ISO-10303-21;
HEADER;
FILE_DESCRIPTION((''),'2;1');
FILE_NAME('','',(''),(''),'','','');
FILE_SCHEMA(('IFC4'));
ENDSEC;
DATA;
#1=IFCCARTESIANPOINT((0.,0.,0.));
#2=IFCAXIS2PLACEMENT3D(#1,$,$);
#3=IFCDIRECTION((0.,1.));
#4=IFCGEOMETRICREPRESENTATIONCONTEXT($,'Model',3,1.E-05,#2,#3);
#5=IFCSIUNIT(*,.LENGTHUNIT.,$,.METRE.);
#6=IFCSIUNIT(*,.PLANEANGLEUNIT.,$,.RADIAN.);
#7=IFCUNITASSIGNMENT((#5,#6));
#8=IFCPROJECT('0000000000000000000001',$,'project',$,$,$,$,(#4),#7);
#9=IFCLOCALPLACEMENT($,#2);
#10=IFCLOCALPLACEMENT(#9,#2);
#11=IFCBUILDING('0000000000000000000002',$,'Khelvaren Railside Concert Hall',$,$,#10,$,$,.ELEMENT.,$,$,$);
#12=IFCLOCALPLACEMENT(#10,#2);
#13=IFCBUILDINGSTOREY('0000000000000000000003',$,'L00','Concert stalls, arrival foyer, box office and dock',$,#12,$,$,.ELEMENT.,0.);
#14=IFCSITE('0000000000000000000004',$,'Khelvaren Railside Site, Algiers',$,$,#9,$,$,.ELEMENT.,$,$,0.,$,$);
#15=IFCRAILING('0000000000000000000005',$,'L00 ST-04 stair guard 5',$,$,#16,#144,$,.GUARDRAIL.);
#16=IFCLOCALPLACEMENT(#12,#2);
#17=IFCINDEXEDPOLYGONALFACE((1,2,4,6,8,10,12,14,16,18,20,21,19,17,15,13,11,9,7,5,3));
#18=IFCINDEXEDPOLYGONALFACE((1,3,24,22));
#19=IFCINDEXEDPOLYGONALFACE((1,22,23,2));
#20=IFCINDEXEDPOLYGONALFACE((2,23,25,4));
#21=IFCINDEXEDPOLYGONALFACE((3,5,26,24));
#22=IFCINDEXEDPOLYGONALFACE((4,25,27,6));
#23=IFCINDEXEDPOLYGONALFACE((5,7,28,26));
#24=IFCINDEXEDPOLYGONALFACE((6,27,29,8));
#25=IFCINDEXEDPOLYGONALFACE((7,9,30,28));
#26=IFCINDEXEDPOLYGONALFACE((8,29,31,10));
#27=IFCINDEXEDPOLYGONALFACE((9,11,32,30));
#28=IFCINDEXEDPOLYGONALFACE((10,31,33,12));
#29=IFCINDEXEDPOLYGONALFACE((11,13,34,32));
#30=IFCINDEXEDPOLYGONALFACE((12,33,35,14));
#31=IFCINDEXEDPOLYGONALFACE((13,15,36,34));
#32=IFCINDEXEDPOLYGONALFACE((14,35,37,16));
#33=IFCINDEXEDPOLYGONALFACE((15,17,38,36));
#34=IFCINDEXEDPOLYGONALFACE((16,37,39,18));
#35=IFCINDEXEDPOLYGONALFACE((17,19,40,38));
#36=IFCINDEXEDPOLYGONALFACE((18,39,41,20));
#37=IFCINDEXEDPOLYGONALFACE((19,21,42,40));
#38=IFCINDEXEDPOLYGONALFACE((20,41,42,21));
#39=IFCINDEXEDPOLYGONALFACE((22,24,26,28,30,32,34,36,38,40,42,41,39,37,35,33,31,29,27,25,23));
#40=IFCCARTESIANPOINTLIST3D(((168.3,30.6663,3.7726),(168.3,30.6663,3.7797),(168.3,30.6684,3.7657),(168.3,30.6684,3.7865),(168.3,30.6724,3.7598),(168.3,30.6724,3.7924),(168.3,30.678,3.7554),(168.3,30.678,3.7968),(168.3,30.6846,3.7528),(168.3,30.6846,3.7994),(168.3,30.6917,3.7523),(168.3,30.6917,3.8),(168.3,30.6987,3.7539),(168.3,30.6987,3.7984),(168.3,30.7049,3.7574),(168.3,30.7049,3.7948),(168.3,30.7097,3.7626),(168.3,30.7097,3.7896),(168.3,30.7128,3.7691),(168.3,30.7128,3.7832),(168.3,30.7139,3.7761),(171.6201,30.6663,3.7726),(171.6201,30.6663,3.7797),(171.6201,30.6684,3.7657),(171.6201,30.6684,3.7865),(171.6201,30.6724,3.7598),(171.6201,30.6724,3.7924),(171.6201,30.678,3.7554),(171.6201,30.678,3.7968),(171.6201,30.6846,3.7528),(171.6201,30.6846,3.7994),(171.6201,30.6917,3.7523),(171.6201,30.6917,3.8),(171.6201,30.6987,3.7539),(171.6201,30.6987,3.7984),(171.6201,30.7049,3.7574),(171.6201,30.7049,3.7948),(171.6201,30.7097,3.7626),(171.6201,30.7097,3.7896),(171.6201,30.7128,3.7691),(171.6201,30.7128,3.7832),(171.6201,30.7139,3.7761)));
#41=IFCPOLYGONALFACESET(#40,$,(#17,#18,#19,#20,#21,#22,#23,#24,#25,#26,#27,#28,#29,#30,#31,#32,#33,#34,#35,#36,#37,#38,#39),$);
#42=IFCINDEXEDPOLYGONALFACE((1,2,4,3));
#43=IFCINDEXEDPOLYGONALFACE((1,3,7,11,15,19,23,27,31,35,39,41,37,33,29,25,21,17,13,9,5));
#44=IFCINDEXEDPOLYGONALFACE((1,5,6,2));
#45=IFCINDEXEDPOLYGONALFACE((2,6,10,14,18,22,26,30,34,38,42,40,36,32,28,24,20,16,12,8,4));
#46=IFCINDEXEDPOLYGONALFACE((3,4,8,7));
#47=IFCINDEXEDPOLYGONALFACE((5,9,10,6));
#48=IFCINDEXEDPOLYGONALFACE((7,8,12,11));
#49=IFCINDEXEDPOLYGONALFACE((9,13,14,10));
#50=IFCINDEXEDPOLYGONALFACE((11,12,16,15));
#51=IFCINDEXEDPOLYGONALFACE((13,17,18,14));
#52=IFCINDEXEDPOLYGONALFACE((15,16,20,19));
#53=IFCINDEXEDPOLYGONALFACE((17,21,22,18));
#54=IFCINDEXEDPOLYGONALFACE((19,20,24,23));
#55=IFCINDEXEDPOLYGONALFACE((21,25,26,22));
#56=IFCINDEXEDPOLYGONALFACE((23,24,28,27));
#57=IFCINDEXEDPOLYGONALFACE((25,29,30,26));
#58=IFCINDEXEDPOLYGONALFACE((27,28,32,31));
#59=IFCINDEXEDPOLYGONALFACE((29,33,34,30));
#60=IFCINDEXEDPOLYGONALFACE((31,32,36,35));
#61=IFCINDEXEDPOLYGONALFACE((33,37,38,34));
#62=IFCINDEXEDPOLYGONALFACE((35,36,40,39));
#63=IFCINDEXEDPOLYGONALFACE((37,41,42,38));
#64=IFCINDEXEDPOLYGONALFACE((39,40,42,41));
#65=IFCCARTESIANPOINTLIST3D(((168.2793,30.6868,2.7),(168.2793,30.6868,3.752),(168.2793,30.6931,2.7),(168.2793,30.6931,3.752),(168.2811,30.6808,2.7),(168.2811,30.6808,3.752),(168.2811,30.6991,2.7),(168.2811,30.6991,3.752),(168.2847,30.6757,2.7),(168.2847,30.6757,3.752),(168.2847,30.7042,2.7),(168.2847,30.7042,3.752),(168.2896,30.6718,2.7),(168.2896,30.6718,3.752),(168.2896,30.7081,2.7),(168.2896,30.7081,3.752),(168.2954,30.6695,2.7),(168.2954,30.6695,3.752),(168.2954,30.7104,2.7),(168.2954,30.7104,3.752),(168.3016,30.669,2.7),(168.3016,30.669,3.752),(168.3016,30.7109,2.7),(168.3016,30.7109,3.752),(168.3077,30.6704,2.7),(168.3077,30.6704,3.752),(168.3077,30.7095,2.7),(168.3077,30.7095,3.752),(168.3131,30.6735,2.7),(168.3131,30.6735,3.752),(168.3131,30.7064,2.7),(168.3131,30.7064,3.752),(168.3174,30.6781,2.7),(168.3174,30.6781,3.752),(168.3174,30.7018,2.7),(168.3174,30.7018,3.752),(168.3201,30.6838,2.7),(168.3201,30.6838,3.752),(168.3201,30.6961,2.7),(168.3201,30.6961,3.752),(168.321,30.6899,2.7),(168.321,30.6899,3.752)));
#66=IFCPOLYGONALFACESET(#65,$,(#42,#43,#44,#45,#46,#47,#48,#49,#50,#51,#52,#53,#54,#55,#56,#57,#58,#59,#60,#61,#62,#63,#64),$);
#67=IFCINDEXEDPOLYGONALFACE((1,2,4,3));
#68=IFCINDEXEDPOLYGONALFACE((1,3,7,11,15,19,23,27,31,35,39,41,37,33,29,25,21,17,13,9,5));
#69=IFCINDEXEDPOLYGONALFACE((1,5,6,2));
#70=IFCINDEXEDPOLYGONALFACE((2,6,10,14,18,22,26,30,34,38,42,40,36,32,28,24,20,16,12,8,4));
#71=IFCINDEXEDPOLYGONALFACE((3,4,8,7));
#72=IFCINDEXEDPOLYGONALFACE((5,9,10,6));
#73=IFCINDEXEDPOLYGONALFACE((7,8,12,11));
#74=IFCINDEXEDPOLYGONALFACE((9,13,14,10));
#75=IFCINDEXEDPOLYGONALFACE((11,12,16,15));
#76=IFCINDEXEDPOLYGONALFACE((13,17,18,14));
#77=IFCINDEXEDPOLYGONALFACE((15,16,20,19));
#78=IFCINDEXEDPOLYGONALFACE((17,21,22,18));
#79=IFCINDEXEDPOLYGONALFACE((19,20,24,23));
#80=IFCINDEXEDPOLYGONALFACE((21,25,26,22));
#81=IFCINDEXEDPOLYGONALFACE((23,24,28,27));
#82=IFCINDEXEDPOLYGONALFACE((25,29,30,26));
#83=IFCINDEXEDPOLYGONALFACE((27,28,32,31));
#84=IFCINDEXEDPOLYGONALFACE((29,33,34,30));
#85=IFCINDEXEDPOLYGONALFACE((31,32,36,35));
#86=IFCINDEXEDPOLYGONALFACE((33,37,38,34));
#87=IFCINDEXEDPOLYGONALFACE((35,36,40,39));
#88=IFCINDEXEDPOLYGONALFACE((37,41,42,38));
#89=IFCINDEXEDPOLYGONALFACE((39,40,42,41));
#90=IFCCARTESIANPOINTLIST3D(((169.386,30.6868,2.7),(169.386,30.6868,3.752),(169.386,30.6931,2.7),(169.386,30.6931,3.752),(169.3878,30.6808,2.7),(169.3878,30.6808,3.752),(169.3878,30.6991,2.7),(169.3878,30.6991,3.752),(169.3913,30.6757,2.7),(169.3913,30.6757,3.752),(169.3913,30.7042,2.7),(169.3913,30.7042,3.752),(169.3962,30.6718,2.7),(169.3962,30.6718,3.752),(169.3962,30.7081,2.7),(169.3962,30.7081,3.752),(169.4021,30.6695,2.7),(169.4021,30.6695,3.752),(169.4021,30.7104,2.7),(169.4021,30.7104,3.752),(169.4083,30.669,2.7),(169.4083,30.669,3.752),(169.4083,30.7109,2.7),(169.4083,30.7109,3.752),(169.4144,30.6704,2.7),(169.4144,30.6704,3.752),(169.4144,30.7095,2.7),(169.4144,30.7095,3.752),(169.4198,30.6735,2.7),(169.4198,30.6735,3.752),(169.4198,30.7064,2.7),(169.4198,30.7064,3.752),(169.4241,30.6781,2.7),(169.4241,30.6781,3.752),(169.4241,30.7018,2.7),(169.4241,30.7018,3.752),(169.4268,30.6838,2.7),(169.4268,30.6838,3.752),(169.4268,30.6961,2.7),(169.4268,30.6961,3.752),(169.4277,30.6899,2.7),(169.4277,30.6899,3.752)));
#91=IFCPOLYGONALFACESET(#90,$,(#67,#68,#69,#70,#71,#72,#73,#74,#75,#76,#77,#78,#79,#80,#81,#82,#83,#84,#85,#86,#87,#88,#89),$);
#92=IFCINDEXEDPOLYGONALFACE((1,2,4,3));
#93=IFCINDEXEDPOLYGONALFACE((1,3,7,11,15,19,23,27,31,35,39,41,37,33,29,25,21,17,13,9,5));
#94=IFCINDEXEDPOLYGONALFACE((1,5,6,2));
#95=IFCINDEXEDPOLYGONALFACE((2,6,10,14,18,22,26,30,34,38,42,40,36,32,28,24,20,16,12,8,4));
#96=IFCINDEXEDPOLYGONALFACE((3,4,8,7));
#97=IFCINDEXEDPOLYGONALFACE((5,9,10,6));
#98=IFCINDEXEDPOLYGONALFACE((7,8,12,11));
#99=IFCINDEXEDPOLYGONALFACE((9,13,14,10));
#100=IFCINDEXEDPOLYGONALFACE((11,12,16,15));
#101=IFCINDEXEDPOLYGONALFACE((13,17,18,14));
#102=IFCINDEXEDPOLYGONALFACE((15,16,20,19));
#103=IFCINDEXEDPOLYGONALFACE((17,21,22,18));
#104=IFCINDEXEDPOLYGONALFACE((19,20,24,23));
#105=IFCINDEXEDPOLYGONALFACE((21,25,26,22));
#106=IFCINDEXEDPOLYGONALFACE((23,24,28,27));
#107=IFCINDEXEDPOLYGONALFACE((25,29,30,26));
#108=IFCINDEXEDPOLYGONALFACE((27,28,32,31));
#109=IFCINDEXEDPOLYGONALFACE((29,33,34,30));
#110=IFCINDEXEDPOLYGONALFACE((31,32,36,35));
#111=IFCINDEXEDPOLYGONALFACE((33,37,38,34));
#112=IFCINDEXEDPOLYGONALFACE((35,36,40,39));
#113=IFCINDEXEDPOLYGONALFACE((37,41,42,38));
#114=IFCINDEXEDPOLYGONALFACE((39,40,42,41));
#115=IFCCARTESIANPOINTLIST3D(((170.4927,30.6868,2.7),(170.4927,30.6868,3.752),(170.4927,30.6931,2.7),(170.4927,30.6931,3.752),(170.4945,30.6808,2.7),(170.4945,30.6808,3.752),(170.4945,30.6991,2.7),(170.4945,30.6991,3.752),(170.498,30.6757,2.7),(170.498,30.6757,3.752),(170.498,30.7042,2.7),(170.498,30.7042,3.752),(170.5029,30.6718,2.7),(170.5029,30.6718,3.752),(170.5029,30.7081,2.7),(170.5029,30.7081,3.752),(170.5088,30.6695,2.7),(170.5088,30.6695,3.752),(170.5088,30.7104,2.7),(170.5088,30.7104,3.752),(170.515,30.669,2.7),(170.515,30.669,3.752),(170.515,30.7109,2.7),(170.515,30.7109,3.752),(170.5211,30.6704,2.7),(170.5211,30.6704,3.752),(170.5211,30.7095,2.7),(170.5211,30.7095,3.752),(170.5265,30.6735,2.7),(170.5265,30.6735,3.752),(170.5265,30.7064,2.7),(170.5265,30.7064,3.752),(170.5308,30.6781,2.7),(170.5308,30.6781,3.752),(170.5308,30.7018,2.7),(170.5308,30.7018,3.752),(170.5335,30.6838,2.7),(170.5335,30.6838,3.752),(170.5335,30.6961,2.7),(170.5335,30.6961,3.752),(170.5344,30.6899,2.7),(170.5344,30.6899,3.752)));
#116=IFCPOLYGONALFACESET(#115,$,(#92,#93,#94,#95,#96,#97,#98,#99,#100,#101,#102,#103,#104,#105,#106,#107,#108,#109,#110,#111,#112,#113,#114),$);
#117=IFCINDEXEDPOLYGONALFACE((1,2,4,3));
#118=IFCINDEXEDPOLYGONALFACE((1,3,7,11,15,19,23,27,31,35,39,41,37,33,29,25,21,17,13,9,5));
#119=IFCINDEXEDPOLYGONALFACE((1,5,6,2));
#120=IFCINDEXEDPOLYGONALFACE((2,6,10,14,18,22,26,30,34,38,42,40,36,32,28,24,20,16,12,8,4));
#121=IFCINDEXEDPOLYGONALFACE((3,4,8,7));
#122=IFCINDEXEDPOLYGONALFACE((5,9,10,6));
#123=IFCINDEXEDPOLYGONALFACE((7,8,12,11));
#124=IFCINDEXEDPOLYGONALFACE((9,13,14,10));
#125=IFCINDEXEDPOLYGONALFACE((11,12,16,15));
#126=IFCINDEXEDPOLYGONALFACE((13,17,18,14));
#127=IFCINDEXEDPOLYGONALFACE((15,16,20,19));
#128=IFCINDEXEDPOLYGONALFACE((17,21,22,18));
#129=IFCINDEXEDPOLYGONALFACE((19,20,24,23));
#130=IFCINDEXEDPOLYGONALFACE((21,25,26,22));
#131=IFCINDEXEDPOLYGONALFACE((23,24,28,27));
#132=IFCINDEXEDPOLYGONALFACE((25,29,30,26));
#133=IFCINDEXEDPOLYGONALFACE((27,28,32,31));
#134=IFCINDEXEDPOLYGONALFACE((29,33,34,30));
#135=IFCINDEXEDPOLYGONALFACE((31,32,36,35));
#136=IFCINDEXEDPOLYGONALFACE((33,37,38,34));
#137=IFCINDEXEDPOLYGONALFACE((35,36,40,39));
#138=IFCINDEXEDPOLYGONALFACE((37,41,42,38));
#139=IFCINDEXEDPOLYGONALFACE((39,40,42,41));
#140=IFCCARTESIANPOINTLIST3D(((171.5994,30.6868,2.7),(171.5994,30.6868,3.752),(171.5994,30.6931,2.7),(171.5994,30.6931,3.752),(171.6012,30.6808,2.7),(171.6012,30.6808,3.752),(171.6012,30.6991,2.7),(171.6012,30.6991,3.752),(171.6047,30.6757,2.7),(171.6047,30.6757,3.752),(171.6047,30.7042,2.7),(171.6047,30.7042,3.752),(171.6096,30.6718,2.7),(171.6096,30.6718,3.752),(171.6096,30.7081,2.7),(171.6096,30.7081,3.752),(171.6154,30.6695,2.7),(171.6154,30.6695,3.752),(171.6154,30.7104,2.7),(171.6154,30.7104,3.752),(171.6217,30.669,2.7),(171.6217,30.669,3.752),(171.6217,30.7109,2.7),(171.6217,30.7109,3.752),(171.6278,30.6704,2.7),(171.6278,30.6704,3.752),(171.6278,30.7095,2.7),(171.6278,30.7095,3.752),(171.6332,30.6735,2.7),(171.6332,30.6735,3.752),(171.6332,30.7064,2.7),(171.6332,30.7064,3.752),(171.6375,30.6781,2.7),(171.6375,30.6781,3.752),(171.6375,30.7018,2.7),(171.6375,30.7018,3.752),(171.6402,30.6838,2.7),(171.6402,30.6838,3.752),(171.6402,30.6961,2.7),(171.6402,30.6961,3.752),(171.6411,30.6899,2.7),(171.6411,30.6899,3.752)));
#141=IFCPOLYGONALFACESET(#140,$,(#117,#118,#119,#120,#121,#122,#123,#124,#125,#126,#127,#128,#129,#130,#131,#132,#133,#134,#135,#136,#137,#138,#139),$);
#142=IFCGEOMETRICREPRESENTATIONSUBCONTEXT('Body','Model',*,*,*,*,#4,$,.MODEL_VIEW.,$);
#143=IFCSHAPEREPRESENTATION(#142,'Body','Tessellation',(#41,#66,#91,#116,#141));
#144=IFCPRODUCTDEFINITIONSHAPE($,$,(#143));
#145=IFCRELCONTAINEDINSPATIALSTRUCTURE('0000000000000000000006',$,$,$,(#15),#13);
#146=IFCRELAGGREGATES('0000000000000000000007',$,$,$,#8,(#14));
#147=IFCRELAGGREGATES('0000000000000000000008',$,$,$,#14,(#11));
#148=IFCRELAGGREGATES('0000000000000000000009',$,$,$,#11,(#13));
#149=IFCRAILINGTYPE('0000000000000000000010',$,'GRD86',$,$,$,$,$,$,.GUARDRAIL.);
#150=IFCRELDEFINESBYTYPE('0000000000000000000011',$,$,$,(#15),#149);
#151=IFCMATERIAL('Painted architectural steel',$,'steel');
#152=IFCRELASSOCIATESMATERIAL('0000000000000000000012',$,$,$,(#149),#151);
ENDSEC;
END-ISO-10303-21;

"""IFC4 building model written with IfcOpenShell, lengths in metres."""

from ifc_helpers import new_model, si_unit, direction, frame, origin, origin_2d, place, context, subcontext, project, spatial, circle, extrude, material, type_object, element, save


model = new_model("IFC4")

# Units and contexts
model_context = context("Model", 3, precision=1e-05, world=origin(), true_north=direction((0.0, 1.0)))
body_context = subcontext(model_context, "Body", "Model", "MODEL_VIEW")
ifc_project = project(units=[si_unit("LENGTHUNIT", "METRE"), si_unit("PLANEANGLEUNIT", "RADIAN")], contexts=[model_context])

# Site, building, storey
site_placement = place(None, origin())
site = spatial("IfcSite", under=ifc_project, at=site_placement, Name="Khelvaren Railside Site, Algiers", CompositionType="ELEMENT", RefElevation=0.0)
building_placement = place(site_placement, origin())
building = spatial("IfcBuilding", under=site, at=building_placement, Name="Khelvaren Railside Concert Hall", CompositionType="ELEMENT")
storey_placement = place(building_placement, origin())
storey = spatial("IfcBuildingStorey", under=building, at=storey_placement, Name="L00", Description="Concert stalls, arrival foyer, box office and dock", CompositionType="ELEMENT", Elevation=0.0)

# Railing
ifc_material_1 = material(Name="Painted architectural steel", Category="steel")
railing_type = type_object("IfcRailingType", Name="GRD86", PredefinedType="GUARDRAIL", material=ifc_material_1)
railing_1_placement = place(storey_placement, frame((168.3, 30.6899, 2.7)))
element("IfcRailing", 1, at=railing_1_placement, inside=storey, type_object=railing_type, Name="L00 ST-04 stair guard 5", PredefinedType="GUARDRAIL", context=body_context, shape_type="SweptSolid", body=[
    extrude(circle(Radius=0.0239, at=origin_2d()), frame((0.0, 0.0, 1.0762), z_axis=(1.0, 0.0, 0.0), x_axis=(0.0, 1.0, 0.0)), (0.0, 0.0, 1.0), 3.3201),
    extrude(circle(Radius=0.021, at=origin_2d()), origin(), (0.0, 0.0, 1.0), 1.052),
    extrude(circle(Radius=0.021, at=origin_2d()), frame((1.1067, 0.0, 0.0)), (0.0, 0.0, 1.0), 1.052),
    extrude(circle(Radius=0.021, at=origin_2d()), frame((2.2134, 0.0, 0.0)), (0.0, 0.0, 1.0), 1.052),
    extrude(circle(Radius=0.021, at=origin_2d()), frame((3.3201, 0.0, 0.0)), (0.0, 0.0, 1.0), 1.052),
])

save(model, "model.ifc")
